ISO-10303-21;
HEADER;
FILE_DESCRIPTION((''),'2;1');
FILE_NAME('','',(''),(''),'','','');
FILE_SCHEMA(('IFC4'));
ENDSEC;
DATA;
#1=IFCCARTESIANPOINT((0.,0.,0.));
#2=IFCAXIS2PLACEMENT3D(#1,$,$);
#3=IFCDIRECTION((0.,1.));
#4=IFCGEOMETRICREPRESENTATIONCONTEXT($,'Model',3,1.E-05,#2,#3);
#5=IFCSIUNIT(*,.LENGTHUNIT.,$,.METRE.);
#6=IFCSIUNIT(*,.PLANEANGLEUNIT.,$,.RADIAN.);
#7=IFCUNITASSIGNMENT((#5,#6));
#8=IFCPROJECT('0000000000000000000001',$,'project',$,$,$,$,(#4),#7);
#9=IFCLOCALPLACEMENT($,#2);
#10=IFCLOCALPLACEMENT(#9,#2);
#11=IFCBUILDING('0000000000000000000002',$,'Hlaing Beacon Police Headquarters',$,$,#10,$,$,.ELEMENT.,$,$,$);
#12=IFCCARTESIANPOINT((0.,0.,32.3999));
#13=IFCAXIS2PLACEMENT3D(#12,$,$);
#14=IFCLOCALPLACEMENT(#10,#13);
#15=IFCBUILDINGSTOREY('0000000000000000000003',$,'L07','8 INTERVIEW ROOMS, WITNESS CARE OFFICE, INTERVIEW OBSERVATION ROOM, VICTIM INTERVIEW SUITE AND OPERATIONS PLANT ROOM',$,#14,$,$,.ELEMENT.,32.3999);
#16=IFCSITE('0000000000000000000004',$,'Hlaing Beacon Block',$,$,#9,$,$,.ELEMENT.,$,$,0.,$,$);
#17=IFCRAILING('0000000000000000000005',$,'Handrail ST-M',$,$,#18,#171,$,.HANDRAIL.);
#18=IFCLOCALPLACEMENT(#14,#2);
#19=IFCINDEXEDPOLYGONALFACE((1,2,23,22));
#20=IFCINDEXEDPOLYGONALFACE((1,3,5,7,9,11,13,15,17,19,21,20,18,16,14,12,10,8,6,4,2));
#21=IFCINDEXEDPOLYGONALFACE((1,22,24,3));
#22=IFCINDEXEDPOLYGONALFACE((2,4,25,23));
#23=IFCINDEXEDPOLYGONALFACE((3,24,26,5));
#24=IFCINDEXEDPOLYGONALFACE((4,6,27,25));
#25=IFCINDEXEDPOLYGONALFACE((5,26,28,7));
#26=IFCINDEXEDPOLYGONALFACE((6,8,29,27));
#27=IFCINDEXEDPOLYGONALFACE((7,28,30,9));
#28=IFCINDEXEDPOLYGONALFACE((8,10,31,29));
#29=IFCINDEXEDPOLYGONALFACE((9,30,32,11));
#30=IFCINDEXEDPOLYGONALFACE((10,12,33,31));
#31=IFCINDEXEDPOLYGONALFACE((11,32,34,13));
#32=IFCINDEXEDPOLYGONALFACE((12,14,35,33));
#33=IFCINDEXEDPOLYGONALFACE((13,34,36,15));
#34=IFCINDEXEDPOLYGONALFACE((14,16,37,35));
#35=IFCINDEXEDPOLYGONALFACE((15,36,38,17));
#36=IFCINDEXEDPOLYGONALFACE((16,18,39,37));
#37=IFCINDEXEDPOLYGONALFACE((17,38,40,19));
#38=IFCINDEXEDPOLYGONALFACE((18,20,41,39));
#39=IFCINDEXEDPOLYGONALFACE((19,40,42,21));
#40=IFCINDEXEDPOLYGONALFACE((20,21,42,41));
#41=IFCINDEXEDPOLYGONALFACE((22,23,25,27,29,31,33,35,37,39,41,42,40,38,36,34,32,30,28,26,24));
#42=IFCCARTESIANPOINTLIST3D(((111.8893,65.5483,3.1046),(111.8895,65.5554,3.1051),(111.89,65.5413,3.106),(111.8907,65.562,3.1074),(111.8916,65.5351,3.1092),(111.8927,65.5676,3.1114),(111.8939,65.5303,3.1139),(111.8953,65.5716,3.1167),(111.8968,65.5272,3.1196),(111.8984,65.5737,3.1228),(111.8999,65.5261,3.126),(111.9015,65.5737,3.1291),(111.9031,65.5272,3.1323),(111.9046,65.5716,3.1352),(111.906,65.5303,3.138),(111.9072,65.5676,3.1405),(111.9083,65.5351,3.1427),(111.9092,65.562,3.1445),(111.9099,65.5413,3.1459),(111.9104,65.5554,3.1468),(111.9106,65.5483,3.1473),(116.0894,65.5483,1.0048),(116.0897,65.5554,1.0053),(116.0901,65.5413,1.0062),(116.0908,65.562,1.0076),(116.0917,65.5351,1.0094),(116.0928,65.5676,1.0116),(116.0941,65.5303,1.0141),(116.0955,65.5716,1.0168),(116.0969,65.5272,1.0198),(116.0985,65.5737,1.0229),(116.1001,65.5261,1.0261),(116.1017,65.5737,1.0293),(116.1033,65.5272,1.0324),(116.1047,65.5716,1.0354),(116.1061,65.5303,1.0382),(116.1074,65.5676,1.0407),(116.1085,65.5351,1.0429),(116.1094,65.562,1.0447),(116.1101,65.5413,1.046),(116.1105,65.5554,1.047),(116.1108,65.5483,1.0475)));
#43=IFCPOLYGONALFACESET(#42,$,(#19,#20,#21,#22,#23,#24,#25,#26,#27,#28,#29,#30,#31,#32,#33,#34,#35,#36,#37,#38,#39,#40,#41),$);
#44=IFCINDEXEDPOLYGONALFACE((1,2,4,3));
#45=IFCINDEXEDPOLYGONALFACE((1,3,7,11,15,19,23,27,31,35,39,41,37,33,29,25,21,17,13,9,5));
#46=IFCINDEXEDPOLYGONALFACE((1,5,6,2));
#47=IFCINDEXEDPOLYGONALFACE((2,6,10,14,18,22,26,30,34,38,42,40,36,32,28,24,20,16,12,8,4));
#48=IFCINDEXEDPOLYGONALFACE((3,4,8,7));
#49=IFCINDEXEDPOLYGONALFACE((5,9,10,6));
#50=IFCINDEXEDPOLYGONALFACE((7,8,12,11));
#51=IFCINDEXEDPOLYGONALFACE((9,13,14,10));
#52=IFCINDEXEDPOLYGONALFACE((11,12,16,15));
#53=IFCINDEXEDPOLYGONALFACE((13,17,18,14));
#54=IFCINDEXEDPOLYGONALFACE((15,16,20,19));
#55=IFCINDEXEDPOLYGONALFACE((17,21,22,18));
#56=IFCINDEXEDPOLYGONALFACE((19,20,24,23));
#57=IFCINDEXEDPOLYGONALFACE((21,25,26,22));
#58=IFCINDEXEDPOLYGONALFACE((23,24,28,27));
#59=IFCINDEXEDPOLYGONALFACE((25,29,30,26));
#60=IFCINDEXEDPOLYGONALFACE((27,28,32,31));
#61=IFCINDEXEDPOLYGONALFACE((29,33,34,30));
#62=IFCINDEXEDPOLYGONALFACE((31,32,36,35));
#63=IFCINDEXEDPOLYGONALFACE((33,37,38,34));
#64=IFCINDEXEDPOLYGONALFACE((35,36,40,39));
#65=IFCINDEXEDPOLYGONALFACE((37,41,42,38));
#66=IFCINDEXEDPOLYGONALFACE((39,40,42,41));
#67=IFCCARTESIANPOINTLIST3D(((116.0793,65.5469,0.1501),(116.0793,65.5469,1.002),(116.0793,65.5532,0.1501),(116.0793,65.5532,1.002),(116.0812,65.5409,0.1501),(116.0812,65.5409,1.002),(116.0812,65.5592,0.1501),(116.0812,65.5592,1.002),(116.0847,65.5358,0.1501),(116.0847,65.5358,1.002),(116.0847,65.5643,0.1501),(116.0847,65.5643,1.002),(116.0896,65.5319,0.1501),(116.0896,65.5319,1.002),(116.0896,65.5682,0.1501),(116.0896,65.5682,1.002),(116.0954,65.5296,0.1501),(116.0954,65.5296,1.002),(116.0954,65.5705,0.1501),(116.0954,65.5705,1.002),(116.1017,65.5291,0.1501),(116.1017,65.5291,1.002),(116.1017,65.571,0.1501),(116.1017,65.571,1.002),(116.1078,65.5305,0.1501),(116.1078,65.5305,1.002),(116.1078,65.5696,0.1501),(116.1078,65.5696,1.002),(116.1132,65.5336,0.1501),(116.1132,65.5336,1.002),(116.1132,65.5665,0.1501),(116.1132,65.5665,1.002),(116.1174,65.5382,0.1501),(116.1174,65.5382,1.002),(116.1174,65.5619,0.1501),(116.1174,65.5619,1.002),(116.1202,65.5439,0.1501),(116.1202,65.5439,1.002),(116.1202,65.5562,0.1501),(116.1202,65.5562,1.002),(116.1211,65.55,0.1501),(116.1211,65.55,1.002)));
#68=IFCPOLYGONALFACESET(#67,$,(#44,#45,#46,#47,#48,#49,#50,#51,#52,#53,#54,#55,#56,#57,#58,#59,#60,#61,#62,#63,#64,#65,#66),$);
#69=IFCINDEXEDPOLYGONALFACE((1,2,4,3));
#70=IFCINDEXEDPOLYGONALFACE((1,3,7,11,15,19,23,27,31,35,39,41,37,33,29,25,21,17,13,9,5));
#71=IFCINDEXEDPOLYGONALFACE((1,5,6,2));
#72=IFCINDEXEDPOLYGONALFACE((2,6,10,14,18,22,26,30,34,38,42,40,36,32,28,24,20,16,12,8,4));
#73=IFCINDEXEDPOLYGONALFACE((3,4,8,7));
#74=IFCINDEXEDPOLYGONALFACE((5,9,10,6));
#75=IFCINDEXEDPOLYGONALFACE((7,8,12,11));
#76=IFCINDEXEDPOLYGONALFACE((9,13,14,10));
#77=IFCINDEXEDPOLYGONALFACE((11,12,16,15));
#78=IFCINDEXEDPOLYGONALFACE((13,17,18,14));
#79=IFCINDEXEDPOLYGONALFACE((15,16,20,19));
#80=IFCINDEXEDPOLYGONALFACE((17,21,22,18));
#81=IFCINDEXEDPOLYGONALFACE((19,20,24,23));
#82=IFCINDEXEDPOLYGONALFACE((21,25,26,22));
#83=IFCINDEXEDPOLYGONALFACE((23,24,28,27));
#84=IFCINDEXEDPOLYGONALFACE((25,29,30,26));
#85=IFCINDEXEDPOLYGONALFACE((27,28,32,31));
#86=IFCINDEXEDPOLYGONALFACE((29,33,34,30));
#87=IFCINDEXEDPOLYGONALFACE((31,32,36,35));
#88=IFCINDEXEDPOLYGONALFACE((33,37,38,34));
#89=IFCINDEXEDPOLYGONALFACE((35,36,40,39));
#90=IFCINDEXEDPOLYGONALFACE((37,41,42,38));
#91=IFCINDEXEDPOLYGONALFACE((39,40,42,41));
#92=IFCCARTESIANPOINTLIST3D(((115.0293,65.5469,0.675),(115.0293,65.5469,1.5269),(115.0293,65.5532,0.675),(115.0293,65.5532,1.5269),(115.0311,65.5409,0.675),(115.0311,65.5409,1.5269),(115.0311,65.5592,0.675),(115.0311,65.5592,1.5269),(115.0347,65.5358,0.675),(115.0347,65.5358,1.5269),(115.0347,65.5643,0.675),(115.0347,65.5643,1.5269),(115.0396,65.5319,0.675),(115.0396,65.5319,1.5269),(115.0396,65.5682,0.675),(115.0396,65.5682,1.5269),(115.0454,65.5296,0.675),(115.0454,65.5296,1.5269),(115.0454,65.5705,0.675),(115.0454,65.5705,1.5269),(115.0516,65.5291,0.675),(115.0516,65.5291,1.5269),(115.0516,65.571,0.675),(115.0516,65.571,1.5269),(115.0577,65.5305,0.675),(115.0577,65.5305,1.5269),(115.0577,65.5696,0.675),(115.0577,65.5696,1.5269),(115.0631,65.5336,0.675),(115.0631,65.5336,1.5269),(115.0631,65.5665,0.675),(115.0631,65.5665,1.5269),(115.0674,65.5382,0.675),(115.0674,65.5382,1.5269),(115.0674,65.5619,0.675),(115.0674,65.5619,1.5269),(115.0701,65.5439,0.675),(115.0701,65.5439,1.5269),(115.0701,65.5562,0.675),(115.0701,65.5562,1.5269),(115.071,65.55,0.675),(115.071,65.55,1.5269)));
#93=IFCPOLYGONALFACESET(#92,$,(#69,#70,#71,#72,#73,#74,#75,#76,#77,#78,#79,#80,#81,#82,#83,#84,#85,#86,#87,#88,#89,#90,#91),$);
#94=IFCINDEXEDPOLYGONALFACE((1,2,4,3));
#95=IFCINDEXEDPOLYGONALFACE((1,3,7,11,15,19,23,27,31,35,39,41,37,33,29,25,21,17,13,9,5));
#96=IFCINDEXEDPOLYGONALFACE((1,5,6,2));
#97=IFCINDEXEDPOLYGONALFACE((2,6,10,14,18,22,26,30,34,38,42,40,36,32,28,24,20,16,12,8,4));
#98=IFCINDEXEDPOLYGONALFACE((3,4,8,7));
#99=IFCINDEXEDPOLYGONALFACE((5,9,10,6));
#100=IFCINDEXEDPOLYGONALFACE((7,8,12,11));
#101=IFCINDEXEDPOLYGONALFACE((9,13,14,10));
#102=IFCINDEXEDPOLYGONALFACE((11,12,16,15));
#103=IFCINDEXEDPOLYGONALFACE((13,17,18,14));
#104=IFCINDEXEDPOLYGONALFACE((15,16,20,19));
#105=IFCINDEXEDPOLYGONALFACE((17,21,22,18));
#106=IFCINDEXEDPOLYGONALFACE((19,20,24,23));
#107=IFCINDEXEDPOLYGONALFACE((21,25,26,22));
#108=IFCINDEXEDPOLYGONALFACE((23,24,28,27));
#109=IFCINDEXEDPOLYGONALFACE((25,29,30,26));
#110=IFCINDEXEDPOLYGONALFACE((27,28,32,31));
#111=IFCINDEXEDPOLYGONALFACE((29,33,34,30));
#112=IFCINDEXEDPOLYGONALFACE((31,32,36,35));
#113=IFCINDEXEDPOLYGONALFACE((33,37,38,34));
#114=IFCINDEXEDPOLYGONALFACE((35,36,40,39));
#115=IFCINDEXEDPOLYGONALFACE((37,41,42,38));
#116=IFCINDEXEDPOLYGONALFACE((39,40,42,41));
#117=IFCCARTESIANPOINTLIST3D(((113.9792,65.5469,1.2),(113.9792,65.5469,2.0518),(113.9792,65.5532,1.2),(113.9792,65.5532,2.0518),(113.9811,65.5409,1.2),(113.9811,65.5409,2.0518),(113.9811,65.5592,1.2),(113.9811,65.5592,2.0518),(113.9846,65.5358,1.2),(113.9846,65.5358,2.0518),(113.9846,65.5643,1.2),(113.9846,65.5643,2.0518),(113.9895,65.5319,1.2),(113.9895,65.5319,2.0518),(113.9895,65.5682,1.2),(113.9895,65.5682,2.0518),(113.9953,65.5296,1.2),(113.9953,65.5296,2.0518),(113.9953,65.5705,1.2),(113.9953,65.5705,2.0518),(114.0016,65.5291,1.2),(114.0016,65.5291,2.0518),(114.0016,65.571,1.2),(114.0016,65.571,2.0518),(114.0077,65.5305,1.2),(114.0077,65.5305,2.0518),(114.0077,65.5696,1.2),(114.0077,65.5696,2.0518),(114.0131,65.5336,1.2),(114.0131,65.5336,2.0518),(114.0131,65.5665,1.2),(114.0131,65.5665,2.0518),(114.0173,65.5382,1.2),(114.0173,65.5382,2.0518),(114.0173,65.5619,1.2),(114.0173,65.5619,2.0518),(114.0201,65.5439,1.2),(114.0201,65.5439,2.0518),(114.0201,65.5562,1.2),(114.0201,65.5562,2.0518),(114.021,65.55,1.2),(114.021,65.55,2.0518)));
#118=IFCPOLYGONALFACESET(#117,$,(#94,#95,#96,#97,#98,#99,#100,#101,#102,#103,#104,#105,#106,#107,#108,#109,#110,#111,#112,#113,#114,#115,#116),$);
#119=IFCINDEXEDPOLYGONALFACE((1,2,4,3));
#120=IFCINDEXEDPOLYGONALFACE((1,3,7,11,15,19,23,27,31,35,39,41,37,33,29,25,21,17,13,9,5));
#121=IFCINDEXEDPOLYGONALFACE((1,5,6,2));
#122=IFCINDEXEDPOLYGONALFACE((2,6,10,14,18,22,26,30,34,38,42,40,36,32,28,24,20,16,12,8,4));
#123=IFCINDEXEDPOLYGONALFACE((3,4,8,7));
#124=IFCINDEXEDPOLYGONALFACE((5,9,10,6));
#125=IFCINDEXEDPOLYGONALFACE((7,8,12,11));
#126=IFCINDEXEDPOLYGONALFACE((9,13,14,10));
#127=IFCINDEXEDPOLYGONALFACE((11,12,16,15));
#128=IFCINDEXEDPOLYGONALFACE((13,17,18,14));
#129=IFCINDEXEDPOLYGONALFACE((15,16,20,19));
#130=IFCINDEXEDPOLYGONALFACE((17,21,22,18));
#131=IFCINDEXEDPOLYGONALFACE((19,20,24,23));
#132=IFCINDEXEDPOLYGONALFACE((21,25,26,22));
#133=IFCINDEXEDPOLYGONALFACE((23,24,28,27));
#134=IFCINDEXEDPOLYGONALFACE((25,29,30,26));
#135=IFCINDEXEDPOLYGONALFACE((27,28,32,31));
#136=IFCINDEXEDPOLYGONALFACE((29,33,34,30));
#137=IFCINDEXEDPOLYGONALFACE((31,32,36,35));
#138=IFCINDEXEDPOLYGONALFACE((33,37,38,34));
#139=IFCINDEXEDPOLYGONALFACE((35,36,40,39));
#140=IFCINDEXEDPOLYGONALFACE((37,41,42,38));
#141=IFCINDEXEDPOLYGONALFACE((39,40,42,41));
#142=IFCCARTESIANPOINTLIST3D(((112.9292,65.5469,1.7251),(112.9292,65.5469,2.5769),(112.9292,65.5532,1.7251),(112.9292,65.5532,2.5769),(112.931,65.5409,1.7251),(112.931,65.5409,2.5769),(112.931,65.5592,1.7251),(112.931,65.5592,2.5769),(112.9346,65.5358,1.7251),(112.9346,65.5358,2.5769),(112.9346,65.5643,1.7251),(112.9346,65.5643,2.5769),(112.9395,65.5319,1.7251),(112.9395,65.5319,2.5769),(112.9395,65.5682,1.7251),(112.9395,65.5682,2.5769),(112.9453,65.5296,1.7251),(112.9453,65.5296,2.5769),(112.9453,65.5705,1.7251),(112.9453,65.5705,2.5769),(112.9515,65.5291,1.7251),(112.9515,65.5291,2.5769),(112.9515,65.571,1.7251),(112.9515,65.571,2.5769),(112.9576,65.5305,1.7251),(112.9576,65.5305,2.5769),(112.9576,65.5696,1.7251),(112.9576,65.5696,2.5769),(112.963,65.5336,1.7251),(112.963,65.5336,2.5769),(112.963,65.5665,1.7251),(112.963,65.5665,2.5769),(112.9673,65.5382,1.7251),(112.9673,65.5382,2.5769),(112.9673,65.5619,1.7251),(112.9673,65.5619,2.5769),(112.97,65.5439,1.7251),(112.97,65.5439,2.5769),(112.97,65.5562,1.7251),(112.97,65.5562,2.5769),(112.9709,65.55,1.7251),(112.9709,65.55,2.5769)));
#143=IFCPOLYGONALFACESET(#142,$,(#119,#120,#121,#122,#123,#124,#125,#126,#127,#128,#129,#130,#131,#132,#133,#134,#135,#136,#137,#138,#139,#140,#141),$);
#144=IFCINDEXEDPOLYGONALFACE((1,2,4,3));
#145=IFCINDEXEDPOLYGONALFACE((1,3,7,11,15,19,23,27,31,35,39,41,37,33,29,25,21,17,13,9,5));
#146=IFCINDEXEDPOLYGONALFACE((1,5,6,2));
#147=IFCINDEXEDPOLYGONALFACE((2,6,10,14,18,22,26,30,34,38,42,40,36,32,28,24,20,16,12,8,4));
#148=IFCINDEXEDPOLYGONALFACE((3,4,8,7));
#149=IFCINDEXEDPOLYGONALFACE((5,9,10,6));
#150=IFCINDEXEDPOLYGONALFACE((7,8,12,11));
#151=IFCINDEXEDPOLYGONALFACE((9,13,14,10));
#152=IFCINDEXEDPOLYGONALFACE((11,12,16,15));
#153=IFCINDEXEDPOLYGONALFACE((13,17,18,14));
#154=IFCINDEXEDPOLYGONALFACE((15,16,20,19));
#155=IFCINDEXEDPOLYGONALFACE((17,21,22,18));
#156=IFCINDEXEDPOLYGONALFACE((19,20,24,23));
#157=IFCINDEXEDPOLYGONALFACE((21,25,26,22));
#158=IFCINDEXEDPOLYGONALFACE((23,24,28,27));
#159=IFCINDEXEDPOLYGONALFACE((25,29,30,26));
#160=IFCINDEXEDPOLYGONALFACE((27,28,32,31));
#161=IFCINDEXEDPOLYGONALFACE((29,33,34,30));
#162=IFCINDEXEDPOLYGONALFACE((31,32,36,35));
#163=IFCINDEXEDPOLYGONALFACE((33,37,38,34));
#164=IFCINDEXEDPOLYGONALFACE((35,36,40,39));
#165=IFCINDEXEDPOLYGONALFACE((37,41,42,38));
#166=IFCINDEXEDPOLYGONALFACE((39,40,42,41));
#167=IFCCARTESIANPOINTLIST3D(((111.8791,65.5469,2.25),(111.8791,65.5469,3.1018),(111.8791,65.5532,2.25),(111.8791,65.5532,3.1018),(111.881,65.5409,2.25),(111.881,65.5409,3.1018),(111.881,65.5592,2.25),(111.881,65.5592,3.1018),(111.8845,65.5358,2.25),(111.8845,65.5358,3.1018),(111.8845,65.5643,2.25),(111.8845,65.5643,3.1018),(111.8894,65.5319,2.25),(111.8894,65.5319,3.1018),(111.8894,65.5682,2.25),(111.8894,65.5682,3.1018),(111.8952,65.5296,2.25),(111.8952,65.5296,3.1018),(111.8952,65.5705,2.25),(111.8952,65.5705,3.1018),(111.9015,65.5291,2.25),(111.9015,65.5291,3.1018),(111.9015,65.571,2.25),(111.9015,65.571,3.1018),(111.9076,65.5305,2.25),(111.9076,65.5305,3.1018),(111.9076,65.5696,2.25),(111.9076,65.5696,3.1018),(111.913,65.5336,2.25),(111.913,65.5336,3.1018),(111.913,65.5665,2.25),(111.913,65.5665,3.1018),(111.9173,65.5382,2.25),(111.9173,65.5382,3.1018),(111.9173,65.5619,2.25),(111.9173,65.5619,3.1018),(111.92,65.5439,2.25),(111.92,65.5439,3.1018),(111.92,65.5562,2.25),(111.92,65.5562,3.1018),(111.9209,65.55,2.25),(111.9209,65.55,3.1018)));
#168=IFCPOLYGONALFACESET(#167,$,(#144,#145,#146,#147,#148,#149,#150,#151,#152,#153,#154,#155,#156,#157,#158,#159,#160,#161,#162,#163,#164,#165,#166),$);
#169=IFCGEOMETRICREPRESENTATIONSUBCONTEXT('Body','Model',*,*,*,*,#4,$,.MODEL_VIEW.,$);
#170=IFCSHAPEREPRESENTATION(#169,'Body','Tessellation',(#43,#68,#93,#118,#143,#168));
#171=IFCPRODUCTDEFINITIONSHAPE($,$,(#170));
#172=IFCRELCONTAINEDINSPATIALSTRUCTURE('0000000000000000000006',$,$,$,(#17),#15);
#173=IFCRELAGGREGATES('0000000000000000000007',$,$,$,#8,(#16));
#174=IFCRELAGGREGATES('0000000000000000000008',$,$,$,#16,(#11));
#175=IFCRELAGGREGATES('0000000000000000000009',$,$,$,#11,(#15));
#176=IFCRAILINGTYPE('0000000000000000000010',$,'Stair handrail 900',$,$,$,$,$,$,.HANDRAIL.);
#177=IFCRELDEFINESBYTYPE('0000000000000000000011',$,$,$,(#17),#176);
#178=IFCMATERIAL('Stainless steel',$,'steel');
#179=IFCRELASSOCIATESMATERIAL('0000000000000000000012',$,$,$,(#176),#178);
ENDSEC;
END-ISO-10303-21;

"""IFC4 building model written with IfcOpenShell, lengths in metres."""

from ifc_helpers import new_model, si_unit, direction, frame, origin, origin_2d, place, context, subcontext, project, spatial, circle, extrude, material, type_object, element, save


model = new_model("IFC4")

# Units and contexts
model_context = context("Model", 3, precision=1e-05, world=origin(), true_north=direction((0.0, 1.0)))
body_context = subcontext(model_context, "Body", "Model", "MODEL_VIEW")
ifc_project = project(units=[si_unit("LENGTHUNIT", "METRE"), si_unit("PLANEANGLEUNIT", "RADIAN")], contexts=[model_context])

# Site, building, storey
site_placement = place(None, origin())
site = spatial("IfcSite", under=ifc_project, at=site_placement, Name="Hlaing Beacon Block", CompositionType="ELEMENT", RefElevation=0.0)
building_placement = place(site_placement, origin())
building = spatial("IfcBuilding", under=site, at=building_placement, Name="Hlaing Beacon Police Headquarters", CompositionType="ELEMENT")
storey_placement = place(building_placement, frame((0.0, 0.0, 32.3999)))
storey = spatial("IfcBuildingStorey", under=building, at=storey_placement, Name="L07", Description="8 INTERVIEW ROOMS, WITNESS CARE OFFICE, INTERVIEW OBSERVATION ROOM, VICTIM INTERVIEW SUITE AND OPERATIONS PLANT ROOM", CompositionType="ELEMENT", Elevation=32.3999)

# Railing
ifc_material_1 = material(Name="Stainless steel", Category="steel")
railing_type_1 = type_object("IfcRailingType", Name="Stair handrail 900", PredefinedType="HANDRAIL", material=ifc_material_1)
for number, where, name in (
    (1, (116.1001, 65.55, 0.1501), "Handrail ST-M"),
):
    element("IfcRailing", number, at=place(storey_placement, frame(where)), inside=storey, type_object=railing_type_1, Name=name, PredefinedType="HANDRAIL", context=body_context, shape_type="SweptSolid", body=[
        extrude(circle(Radius=0.0239, at=origin_2d()), frame((0.0, 0.0, 0.876), z_axis=(-0.894448, 0.0, 0.447172), x_axis=(0.0, -1.0, 0.0)), (0.0, 0.0, 1.0), 4.6958),
        extrude(circle(Radius=0.021, at=origin_2d()), origin(), (0.0, 0.0, 1.0), 0.8518),
        extrude(circle(Radius=0.021, at=origin_2d()), frame((-1.05, 0.0, 0.5249)), (0.0, 0.0, 1.0), 0.8518),
        extrude(circle(Radius=0.021, at=origin_2d()), frame((-2.1001, 0.0, 1.0498)), (0.0, 0.0, 1.0), 0.8518),
        extrude(circle(Radius=0.021, at=origin_2d()), frame((-3.1501, 0.0, 1.575)), (0.0, 0.0, 1.0), 0.8518),
        extrude(circle(Radius=0.021, at=origin_2d()), frame((-4.2002, 0.0, 2.0999)), (0.0, 0.0, 1.0), 0.8518),
    ])

save(model, "model.ifc")
